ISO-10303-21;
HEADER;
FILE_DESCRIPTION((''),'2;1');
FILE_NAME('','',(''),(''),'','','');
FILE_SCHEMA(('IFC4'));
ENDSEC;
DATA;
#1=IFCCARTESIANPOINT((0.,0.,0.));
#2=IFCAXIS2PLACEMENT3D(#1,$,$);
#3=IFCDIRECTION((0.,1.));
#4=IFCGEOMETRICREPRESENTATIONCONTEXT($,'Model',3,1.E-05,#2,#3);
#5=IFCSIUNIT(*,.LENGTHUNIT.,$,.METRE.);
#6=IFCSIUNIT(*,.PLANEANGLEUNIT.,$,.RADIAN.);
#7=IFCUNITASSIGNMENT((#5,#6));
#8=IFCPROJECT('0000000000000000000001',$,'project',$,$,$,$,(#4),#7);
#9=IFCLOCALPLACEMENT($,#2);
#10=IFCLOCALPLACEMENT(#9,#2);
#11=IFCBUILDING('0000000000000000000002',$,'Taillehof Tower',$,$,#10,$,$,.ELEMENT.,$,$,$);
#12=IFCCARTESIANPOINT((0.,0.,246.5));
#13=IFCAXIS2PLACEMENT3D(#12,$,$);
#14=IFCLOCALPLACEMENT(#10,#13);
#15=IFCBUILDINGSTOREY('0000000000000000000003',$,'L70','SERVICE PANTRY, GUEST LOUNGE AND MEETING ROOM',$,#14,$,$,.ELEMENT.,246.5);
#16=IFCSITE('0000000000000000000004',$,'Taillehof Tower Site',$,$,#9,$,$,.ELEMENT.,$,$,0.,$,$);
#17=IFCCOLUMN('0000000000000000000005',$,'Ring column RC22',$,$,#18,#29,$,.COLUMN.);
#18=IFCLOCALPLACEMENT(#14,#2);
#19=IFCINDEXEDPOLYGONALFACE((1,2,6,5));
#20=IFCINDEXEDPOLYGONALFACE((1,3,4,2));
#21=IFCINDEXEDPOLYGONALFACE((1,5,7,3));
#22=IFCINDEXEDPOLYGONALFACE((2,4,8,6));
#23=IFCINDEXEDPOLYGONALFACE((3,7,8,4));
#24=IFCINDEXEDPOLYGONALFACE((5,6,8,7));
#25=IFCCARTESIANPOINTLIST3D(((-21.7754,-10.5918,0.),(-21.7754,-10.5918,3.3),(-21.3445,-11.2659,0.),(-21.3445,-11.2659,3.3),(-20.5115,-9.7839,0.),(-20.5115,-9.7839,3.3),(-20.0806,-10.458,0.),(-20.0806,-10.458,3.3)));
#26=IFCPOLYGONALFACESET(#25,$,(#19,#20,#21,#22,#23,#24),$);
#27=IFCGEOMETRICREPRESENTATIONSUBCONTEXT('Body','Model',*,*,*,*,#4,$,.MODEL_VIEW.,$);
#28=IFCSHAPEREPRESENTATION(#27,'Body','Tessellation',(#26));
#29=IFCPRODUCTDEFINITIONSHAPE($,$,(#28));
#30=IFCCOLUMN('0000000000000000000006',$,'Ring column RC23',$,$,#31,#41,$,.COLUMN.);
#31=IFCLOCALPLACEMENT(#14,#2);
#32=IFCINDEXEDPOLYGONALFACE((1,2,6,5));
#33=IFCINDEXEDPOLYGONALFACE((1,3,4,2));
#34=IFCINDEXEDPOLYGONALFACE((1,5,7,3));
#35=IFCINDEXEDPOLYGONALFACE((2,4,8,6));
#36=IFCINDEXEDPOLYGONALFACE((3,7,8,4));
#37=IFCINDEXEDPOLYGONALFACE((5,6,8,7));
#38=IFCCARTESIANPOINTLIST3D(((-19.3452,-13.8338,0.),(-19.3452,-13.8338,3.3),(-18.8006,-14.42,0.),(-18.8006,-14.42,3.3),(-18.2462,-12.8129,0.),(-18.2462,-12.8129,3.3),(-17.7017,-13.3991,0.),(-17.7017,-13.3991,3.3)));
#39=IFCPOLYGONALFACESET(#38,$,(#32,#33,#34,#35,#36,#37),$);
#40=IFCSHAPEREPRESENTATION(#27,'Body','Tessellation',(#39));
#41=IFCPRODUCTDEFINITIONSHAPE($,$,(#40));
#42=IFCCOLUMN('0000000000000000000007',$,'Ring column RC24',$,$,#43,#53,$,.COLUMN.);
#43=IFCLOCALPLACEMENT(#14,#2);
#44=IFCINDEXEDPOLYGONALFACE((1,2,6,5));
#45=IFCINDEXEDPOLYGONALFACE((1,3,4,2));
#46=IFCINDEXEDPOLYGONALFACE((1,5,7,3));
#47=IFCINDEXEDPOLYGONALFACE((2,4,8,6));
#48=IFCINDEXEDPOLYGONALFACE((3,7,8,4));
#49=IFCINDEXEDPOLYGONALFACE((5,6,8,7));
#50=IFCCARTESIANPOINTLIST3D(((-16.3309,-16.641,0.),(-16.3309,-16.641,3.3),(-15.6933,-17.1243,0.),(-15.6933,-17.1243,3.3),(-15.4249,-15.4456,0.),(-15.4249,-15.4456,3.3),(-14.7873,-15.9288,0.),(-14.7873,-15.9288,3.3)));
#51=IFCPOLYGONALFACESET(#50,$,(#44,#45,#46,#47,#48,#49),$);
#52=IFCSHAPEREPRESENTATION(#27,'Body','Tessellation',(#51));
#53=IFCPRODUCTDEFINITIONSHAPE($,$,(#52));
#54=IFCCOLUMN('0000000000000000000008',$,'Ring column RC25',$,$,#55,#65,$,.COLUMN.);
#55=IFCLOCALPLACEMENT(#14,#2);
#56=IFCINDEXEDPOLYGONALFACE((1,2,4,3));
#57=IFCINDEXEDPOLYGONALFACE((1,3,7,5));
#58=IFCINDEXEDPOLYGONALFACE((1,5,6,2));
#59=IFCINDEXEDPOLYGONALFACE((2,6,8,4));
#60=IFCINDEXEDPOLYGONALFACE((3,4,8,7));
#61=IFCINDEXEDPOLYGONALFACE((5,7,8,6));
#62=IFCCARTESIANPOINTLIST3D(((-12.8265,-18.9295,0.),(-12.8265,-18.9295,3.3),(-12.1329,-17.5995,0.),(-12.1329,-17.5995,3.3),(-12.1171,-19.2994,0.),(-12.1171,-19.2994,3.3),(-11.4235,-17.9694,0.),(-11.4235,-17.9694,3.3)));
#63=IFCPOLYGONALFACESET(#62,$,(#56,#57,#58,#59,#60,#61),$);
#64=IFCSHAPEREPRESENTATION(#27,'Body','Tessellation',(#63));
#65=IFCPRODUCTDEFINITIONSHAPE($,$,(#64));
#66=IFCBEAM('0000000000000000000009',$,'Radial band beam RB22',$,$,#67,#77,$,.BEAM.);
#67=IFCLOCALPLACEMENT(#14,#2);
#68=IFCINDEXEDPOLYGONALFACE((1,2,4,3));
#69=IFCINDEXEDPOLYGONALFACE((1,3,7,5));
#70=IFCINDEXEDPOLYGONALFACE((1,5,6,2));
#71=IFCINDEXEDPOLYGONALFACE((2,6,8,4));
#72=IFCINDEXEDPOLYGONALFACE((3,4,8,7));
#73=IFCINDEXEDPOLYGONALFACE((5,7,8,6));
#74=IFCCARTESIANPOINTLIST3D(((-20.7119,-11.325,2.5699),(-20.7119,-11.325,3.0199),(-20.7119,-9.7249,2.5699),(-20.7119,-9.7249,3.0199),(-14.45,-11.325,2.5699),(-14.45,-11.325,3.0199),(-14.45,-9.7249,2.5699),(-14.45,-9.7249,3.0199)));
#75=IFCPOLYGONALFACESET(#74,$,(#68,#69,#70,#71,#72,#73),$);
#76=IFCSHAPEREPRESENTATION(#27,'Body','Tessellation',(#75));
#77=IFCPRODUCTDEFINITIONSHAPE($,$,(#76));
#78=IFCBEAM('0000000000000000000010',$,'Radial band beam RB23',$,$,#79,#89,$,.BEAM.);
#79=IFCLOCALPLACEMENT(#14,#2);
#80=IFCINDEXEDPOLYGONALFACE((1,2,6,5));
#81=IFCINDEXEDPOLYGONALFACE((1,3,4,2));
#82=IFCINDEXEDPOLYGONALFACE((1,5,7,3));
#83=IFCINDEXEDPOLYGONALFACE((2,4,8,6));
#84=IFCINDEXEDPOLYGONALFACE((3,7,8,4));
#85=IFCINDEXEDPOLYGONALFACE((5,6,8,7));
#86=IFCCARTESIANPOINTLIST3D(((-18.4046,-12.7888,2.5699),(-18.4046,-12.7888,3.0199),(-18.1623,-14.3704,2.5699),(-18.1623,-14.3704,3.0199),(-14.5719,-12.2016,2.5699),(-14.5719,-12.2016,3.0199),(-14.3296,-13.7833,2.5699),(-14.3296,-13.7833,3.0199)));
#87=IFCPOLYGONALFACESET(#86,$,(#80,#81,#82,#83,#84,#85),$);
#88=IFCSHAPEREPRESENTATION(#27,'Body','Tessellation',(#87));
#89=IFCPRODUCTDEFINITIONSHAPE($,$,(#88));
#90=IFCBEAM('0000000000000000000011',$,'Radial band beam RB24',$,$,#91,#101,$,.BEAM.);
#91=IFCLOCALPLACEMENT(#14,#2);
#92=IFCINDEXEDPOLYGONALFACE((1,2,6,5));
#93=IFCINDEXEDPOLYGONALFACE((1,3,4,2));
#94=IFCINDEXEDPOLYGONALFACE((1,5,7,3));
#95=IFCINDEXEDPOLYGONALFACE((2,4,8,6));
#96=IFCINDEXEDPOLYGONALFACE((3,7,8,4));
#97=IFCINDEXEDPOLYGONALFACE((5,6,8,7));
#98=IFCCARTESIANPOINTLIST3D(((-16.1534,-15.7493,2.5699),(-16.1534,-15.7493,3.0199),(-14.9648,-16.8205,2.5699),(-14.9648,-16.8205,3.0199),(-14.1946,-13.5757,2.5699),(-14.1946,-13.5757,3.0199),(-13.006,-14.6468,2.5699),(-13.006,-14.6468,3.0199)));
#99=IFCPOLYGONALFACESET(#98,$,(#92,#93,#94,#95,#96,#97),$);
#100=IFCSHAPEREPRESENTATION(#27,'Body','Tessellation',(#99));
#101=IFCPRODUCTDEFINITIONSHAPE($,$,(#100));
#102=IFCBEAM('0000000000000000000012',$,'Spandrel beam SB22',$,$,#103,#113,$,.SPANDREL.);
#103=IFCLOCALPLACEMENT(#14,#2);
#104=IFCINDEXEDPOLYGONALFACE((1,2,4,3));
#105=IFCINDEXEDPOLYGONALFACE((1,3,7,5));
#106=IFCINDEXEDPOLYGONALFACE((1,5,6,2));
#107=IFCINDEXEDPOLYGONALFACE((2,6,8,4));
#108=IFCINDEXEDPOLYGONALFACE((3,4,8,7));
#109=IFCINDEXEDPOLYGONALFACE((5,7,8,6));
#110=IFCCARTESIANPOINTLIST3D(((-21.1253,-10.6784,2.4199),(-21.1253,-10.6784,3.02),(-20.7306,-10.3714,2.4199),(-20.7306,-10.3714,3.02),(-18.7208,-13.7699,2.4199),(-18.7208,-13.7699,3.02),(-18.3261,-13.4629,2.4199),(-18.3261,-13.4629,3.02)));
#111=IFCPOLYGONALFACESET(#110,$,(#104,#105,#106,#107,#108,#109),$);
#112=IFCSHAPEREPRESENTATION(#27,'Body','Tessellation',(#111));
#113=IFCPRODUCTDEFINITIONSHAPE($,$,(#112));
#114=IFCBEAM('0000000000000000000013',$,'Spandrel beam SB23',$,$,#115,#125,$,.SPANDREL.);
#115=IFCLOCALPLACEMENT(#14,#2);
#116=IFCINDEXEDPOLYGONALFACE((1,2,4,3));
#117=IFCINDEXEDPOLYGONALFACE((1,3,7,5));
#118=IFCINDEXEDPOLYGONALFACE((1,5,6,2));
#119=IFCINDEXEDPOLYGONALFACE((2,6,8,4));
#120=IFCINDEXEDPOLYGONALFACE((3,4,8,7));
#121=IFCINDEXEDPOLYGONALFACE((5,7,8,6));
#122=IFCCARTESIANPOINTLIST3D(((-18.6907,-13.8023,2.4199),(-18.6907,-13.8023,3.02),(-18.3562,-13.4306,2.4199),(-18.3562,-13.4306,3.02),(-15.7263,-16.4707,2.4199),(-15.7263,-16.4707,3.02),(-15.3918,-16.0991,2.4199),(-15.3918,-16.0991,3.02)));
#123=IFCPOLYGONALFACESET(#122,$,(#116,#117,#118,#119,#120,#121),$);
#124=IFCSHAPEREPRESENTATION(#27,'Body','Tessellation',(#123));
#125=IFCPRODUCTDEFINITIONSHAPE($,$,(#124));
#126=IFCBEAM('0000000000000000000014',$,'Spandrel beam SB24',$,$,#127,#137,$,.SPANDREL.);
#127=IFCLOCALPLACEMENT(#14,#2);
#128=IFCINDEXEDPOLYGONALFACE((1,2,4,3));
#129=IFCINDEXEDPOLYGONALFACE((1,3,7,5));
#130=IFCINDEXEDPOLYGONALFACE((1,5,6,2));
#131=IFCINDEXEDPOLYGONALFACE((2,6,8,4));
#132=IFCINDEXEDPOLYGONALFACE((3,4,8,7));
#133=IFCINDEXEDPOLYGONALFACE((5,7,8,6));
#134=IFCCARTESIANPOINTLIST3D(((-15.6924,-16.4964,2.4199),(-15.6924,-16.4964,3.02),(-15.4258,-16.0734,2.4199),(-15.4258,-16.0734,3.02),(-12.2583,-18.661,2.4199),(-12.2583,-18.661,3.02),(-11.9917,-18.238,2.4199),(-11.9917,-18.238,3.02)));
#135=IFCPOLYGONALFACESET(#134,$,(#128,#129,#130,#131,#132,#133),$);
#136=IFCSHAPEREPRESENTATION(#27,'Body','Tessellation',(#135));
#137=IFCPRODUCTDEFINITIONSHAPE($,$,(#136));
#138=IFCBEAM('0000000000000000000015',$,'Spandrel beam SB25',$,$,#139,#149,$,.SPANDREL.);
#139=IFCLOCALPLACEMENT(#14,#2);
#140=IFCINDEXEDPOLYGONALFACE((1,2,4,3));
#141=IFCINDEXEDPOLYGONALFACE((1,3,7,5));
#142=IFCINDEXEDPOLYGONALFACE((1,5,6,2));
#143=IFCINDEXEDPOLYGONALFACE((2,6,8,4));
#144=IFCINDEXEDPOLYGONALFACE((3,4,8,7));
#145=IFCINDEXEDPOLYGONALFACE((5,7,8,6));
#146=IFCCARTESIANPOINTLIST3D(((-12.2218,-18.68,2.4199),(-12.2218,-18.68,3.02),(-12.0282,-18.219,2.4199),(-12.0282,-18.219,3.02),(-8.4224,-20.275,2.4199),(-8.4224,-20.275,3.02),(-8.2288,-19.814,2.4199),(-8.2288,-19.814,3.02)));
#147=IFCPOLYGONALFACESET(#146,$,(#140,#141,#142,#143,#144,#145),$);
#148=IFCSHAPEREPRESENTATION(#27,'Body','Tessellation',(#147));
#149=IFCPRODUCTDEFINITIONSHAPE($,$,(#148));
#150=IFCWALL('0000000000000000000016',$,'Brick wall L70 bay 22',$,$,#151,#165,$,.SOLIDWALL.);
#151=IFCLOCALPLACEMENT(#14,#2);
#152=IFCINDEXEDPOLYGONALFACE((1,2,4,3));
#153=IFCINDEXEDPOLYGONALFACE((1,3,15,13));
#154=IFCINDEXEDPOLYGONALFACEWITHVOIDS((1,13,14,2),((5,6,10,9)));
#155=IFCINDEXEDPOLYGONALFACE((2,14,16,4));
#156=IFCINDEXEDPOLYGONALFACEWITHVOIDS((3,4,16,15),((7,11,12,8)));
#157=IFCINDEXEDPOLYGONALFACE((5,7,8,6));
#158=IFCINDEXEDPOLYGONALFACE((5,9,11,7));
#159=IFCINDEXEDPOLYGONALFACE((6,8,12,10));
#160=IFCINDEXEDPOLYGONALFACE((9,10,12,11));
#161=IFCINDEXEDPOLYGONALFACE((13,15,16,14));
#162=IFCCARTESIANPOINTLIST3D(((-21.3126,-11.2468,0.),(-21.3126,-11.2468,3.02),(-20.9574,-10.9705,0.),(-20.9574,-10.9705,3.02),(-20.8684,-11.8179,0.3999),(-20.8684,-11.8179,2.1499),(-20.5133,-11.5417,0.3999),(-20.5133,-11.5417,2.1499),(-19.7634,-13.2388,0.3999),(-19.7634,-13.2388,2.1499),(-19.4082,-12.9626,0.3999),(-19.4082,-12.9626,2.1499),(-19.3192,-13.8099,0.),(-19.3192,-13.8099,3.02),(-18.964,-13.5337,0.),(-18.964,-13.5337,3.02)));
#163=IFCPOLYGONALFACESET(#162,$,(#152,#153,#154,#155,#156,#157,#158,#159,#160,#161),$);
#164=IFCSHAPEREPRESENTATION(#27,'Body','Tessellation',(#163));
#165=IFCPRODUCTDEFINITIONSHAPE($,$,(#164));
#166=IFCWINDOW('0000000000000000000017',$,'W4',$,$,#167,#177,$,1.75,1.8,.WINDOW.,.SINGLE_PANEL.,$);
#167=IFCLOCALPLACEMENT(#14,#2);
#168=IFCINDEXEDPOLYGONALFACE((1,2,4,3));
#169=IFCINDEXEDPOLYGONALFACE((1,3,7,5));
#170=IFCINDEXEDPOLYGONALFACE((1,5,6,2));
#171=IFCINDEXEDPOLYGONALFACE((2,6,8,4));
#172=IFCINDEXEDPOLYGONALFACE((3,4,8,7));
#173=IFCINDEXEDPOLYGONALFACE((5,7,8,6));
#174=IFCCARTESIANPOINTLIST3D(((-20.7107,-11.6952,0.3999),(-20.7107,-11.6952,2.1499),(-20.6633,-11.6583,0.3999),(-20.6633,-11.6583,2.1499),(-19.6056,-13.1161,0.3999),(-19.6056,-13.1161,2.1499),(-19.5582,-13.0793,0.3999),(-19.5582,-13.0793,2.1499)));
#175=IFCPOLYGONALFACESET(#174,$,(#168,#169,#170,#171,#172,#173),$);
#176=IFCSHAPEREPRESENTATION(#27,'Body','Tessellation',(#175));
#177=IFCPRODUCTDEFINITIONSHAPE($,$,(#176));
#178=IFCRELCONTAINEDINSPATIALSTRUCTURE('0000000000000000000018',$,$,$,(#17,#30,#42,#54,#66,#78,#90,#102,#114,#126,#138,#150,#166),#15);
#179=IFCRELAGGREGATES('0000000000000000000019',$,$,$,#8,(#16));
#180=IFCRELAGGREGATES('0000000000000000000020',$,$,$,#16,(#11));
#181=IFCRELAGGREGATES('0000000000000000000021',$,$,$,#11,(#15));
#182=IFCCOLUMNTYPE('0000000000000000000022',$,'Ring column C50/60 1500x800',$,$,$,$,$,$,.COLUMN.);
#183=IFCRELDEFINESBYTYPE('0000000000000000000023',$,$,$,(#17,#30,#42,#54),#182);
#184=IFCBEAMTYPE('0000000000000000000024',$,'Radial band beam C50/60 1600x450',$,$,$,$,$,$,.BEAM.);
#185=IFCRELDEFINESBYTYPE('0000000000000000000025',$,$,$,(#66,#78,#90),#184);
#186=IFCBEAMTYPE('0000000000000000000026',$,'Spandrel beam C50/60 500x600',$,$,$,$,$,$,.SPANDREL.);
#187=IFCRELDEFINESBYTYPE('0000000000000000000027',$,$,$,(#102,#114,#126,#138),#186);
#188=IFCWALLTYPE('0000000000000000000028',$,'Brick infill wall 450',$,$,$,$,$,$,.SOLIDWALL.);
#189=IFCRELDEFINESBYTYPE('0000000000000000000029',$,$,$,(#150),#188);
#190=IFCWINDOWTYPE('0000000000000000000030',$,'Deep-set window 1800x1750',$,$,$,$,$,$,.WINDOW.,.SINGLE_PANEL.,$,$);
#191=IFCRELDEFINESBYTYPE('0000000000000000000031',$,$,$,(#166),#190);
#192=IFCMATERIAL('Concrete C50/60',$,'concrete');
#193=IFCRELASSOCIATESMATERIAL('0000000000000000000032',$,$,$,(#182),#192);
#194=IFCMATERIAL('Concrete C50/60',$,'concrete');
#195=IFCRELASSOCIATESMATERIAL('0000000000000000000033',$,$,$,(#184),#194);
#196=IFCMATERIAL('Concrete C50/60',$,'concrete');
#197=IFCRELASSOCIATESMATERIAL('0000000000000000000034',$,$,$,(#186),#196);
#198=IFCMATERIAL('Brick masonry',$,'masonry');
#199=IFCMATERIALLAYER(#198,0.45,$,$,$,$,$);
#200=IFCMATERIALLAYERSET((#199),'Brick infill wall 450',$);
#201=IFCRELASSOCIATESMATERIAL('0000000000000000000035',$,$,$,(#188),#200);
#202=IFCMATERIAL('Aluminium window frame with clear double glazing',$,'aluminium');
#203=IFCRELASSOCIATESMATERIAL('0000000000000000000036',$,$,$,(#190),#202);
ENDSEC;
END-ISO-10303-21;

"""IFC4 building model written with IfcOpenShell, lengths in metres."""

from ifc_helpers import new_model, si_unit, direction, frame, frame_2d, origin, origin_2d, place, context, subcontext, project, spatial, rectangle, extrude, material, layer, layer_set, material_profile, profile_set, type_object, element, fill, save


model = new_model("IFC4")

# Units and contexts
model_context = context("Model", 3, precision=1e-05, world=origin(), true_north=direction((0.0, 1.0)))
body_context = subcontext(model_context, "Body", "Model", "MODEL_VIEW")
ifc_project = project(units=[si_unit("LENGTHUNIT", "METRE"), si_unit("PLANEANGLEUNIT", "RADIAN")], contexts=[model_context])

# Site, building, storey
site_placement = place(None, origin())
site = spatial("IfcSite", under=ifc_project, at=site_placement, Name="Taillehof Tower Site", CompositionType="ELEMENT", RefElevation=0.0)
building_placement = place(site_placement, origin())
building = spatial("IfcBuilding", under=site, at=building_placement, Name="Taillehof Tower", CompositionType="ELEMENT")
storey_placement = place(building_placement, frame((0.0, 0.0, 246.5)))
storey = spatial("IfcBuildingStorey", under=building, at=storey_placement, Name="L70", Description="SERVICE PANTRY, GUEST LOUNGE AND MEETING ROOM", CompositionType="ELEMENT", Elevation=246.5)

# Columns
ifc_material_1 = material(Name="Concrete C50/60", Category="concrete")
ifc_material_profile_1 = material_profile(ifc_material_1, rectangle(XDim=1.5, YDim=0.8, at=origin_2d()), Name="RC 1500x800")
ifc_profile_set_1 = profile_set([ifc_material_profile_1], Name="Concrete C50/60")
column_type = type_object("IfcColumnType", Name="Ring column C50/60 1500x800", PredefinedType="COLUMN", material=ifc_profile_set_1)
for number, where, z_axis, x_axis, name in (
    (1, (-20.928, -10.5249, 0.0), (0.0, 0.0, 1.0), (-0.842574, -0.538581, 0.0), "Ring column RC22"),
    (2, (-18.5234, -13.6165, 0.0), (0.0, 0.0, 1.0), (-0.732636, -0.680621, 0.0), "Ring column RC23"),
    (3, (-15.5591, -16.2849, 0.0), (0.0, 0.0, 1.0), (-0.60402, -0.796969, 0.0), "Ring column RC24"),
    (4, (-12.125, -18.4495, 0.0), (0.0, 0.0, 1.0), (-0.462384, -0.88668, 0.0), "Ring column RC25"),
):
    element("IfcColumn", number, at=place(storey_placement, frame(where, z_axis=z_axis, x_axis=x_axis)), inside=storey, type_object=column_type, Name=name, PredefinedType="COLUMN", context=body_context, shape_type="SweptSolid", body=[
        extrude(rectangle(XDim=1.5, YDim=0.8, at=origin_2d()), origin(), (0.0, 0.0, 1.0), 3.3),
    ])

# Beams
ifc_material_2 = material(Name="Concrete C50/60", Category="concrete")
ifc_material_profile_2 = material_profile(ifc_material_2, rectangle(XDim=1.6001, YDim=0.45, at=origin_2d()), Name="RC 1600x450")
ifc_profile_set_2 = profile_set([ifc_material_profile_2], Name="Concrete C50/60")
beam_type_1 = type_object("IfcBeamType", Name="Radial band beam C50/60 1600x450", PredefinedType="BEAM", material=ifc_profile_set_2)
beam_1_placement = place(storey_placement, frame((-20.7119, -10.5249, 2.7949), z_axis=(1.0, 0.0, 0.0), x_axis=(0.0, 1.0, 0.0)))
element("IfcBeam", 5, at=beam_1_placement, inside=storey, type_object=beam_type_1, Name="Radial band beam RB22", PredefinedType="BEAM", context=body_context, shape_type="SweptSolid", body=[
    extrude(rectangle(XDim=1.6001, YDim=0.45, at=origin_2d()), origin(), (0.0, 0.0, 1.0), 6.262),
])
beam_2_placement = place(storey_placement, frame((-18.2834, -13.5796, 2.7949), z_axis=(0.988468, 0.151428, 0.0), x_axis=(-0.151428, 0.988468, 0.0)))
element("IfcBeam", 6, at=beam_2_placement, inside=storey, type_object=beam_type_1, Name="Radial band beam RB23", PredefinedType="BEAM", context=body_context, shape_type="SweptSolid", body=[
    extrude(rectangle(XDim=1.6001, YDim=0.45, at=origin_2d()), origin(), (0.0, 0.0, 1.0), 3.8774),
])
beam_3_placement = place(storey_placement, frame((-15.5591, -16.2849, 2.7949), z_axis=(0.669439, 0.742867, 0.0), x_axis=(-0.742867, 0.669439, 0.0)))
element("IfcBeam", 7, at=beam_3_placement, inside=storey, type_object=beam_type_1, Name="Radial band beam RB24", PredefinedType="BEAM", context=body_context, shape_type="SweptSolid", body=[
    extrude(rectangle(XDim=1.6001, YDim=0.45, at=origin_2d()), origin(), (0.0, 0.0, 1.0), 2.926),
])
ifc_material_3 = material(Name="Concrete C50/60", Category="concrete")
ifc_material_profile_3 = material_profile(ifc_material_3, rectangle(XDim=0.5, YDim=0.6001, at=origin_2d()), Name="RC 500x600")
ifc_profile_set_3 = profile_set([ifc_material_profile_3], Name="Concrete C50/60")
beam_type_2 = type_object("IfcBeamType", Name="Spandrel beam C50/60 500x600", PredefinedType="SPANDREL", material=ifc_profile_set_3)
beam_4_placement = place(storey_placement, frame((-20.928, -10.5249, 2.72), z_axis=(0.613941, -0.789352, 0.0), x_axis=(0.789352, 0.613941, 0.0)))
element("IfcBeam", 8, at=beam_4_placement, inside=storey, type_object=beam_type_2, Name="Spandrel beam SB22", PredefinedType="SPANDREL", context=body_context, shape_type="SweptSolid", body=[
    extrude(rectangle(XDim=0.5, YDim=0.6001, at=origin_2d()), origin(), (0.0, 0.0, 1.0), 3.9165),
])
beam_5_placement = place(storey_placement, frame((-18.5234, -13.6165, 2.72), z_axis=(0.743227, -0.669039, 0.0), x_axis=(0.669039, 0.743227, 0.0)))
element("IfcBeam", 9, at=beam_5_placement, inside=storey, type_object=beam_type_2, Name="Spandrel beam SB23", PredefinedType="SPANDREL", context=body_context, shape_type="SweptSolid", body=[
    extrude(rectangle(XDim=0.5, YDim=0.6001, at=origin_2d()), origin(), (0.0, 0.0, 1.0), 3.9885),
])
beam_6_placement = place(storey_placement, frame((-15.5591, -16.2849, 2.72), z_axis=(0.845972, -0.533228, 0.0), x_axis=(0.533228, 0.845972, 0.0)))
element("IfcBeam", 10, at=beam_6_placement, inside=storey, type_object=beam_type_2, Name="Spandrel beam SB24", PredefinedType="SPANDREL", context=body_context, shape_type="SweptSolid", body=[
    extrude(rectangle(XDim=0.5, YDim=0.6001, at=origin_2d()), origin(), (0.0, 0.0, 1.0), 4.0593),
])
beam_7_placement = place(storey_placement, frame((-12.125, -18.4495, 2.72), z_axis=(0.922046, -0.387079, 0.0), x_axis=(0.387079, 0.922046, 0.0)))
element("IfcBeam", 11, at=beam_7_placement, inside=storey, type_object=beam_type_2, Name="Spandrel beam SB25", PredefinedType="SPANDREL", context=body_context, shape_type="SweptSolid", body=[
    extrude(rectangle(XDim=0.5, YDim=0.6001, at=origin_2d()), origin(), (0.0, 0.0, 1.0), 4.1206),
])

# Wall, opening, window
ifc_material_4 = material(Name="Brick masonry", Category="masonry")
ifc_layer_1 = layer(ifc_material_4, 0.45)
ifc_layer_set_1 = layer_set([ifc_layer_1], Name="Brick infill wall 450")
wall_type_1 = type_object("IfcWallType", Name="Brick infill wall 450", PredefinedType="SOLIDWALL", material=ifc_layer_set_1)
wall_1_placement = place(storey_placement, frame((-21.135, -11.1086, 0.0), z_axis=(0.0, 0.0, 1.0), x_axis=(0.613899, -0.789385, 0.0)))
wall_1 = element("IfcWall", 12, at=wall_1_placement, inside=storey, type_object=wall_type_1, Name="Brick wall L70 bay 22", PredefinedType="SOLIDWALL", context=body_context, shape_type="SweptSolid", body=[
    extrude(rectangle(XDim=3.2471, YDim=0.45, at=frame_2d((1.6235, 0.0))), origin(), (0.0, 0.0, 1.0), 3.02),
])
opening_1_placement = place(wall_1_placement, frame((0.7236, 0.0, 0.3999)))
opening_1 = element("IfcOpeningElement", 13, at=opening_1_placement, cuts=wall_1, PredefinedType="OPENING", context=body_context, shape_type="SweptSolid", body=[
    extrude(rectangle(XDim=1.8, YDim=1.75, at=frame_2d((0.8999, 0.875))), frame((0.0, 0.2349, 0.0), z_axis=(0.0, -1.0, 0.0), x_axis=(1.0, 0.0, 0.0)), (0.0, 0.0, 1.0), 0.47),
])
ifc_material_5 = material(Name="Aluminium window frame with clear double glazing", Category="aluminium")
window_type = type_object("IfcWindowType", Name="Deep-set window 1800x1750", PartitioningType="SINGLE_PANEL", PredefinedType="WINDOW", material=ifc_material_5)
window_1_placement = place(opening_1_placement, origin())
window_1 = element("IfcWindow", 14, at=window_1_placement, inside=storey, type_object=window_type, Name="W4", OverallHeight=1.75, OverallWidth=1.8, PartitioningType="SINGLE_PANEL", PredefinedType="WINDOW", context=body_context, shape_type="SweptSolid", body=[
    extrude(rectangle(XDim=1.8, YDim=1.75, at=frame_2d((0.8999, 0.875))), frame((0.0, 0.0349, 0.0), z_axis=(0.0, -1.0, 0.0), x_axis=(1.0, 0.0, 0.0)), (0.0, 0.0, 1.0), 0.0601),
])
fill(opening_1, window_1)

save(model, "model.ifc")
